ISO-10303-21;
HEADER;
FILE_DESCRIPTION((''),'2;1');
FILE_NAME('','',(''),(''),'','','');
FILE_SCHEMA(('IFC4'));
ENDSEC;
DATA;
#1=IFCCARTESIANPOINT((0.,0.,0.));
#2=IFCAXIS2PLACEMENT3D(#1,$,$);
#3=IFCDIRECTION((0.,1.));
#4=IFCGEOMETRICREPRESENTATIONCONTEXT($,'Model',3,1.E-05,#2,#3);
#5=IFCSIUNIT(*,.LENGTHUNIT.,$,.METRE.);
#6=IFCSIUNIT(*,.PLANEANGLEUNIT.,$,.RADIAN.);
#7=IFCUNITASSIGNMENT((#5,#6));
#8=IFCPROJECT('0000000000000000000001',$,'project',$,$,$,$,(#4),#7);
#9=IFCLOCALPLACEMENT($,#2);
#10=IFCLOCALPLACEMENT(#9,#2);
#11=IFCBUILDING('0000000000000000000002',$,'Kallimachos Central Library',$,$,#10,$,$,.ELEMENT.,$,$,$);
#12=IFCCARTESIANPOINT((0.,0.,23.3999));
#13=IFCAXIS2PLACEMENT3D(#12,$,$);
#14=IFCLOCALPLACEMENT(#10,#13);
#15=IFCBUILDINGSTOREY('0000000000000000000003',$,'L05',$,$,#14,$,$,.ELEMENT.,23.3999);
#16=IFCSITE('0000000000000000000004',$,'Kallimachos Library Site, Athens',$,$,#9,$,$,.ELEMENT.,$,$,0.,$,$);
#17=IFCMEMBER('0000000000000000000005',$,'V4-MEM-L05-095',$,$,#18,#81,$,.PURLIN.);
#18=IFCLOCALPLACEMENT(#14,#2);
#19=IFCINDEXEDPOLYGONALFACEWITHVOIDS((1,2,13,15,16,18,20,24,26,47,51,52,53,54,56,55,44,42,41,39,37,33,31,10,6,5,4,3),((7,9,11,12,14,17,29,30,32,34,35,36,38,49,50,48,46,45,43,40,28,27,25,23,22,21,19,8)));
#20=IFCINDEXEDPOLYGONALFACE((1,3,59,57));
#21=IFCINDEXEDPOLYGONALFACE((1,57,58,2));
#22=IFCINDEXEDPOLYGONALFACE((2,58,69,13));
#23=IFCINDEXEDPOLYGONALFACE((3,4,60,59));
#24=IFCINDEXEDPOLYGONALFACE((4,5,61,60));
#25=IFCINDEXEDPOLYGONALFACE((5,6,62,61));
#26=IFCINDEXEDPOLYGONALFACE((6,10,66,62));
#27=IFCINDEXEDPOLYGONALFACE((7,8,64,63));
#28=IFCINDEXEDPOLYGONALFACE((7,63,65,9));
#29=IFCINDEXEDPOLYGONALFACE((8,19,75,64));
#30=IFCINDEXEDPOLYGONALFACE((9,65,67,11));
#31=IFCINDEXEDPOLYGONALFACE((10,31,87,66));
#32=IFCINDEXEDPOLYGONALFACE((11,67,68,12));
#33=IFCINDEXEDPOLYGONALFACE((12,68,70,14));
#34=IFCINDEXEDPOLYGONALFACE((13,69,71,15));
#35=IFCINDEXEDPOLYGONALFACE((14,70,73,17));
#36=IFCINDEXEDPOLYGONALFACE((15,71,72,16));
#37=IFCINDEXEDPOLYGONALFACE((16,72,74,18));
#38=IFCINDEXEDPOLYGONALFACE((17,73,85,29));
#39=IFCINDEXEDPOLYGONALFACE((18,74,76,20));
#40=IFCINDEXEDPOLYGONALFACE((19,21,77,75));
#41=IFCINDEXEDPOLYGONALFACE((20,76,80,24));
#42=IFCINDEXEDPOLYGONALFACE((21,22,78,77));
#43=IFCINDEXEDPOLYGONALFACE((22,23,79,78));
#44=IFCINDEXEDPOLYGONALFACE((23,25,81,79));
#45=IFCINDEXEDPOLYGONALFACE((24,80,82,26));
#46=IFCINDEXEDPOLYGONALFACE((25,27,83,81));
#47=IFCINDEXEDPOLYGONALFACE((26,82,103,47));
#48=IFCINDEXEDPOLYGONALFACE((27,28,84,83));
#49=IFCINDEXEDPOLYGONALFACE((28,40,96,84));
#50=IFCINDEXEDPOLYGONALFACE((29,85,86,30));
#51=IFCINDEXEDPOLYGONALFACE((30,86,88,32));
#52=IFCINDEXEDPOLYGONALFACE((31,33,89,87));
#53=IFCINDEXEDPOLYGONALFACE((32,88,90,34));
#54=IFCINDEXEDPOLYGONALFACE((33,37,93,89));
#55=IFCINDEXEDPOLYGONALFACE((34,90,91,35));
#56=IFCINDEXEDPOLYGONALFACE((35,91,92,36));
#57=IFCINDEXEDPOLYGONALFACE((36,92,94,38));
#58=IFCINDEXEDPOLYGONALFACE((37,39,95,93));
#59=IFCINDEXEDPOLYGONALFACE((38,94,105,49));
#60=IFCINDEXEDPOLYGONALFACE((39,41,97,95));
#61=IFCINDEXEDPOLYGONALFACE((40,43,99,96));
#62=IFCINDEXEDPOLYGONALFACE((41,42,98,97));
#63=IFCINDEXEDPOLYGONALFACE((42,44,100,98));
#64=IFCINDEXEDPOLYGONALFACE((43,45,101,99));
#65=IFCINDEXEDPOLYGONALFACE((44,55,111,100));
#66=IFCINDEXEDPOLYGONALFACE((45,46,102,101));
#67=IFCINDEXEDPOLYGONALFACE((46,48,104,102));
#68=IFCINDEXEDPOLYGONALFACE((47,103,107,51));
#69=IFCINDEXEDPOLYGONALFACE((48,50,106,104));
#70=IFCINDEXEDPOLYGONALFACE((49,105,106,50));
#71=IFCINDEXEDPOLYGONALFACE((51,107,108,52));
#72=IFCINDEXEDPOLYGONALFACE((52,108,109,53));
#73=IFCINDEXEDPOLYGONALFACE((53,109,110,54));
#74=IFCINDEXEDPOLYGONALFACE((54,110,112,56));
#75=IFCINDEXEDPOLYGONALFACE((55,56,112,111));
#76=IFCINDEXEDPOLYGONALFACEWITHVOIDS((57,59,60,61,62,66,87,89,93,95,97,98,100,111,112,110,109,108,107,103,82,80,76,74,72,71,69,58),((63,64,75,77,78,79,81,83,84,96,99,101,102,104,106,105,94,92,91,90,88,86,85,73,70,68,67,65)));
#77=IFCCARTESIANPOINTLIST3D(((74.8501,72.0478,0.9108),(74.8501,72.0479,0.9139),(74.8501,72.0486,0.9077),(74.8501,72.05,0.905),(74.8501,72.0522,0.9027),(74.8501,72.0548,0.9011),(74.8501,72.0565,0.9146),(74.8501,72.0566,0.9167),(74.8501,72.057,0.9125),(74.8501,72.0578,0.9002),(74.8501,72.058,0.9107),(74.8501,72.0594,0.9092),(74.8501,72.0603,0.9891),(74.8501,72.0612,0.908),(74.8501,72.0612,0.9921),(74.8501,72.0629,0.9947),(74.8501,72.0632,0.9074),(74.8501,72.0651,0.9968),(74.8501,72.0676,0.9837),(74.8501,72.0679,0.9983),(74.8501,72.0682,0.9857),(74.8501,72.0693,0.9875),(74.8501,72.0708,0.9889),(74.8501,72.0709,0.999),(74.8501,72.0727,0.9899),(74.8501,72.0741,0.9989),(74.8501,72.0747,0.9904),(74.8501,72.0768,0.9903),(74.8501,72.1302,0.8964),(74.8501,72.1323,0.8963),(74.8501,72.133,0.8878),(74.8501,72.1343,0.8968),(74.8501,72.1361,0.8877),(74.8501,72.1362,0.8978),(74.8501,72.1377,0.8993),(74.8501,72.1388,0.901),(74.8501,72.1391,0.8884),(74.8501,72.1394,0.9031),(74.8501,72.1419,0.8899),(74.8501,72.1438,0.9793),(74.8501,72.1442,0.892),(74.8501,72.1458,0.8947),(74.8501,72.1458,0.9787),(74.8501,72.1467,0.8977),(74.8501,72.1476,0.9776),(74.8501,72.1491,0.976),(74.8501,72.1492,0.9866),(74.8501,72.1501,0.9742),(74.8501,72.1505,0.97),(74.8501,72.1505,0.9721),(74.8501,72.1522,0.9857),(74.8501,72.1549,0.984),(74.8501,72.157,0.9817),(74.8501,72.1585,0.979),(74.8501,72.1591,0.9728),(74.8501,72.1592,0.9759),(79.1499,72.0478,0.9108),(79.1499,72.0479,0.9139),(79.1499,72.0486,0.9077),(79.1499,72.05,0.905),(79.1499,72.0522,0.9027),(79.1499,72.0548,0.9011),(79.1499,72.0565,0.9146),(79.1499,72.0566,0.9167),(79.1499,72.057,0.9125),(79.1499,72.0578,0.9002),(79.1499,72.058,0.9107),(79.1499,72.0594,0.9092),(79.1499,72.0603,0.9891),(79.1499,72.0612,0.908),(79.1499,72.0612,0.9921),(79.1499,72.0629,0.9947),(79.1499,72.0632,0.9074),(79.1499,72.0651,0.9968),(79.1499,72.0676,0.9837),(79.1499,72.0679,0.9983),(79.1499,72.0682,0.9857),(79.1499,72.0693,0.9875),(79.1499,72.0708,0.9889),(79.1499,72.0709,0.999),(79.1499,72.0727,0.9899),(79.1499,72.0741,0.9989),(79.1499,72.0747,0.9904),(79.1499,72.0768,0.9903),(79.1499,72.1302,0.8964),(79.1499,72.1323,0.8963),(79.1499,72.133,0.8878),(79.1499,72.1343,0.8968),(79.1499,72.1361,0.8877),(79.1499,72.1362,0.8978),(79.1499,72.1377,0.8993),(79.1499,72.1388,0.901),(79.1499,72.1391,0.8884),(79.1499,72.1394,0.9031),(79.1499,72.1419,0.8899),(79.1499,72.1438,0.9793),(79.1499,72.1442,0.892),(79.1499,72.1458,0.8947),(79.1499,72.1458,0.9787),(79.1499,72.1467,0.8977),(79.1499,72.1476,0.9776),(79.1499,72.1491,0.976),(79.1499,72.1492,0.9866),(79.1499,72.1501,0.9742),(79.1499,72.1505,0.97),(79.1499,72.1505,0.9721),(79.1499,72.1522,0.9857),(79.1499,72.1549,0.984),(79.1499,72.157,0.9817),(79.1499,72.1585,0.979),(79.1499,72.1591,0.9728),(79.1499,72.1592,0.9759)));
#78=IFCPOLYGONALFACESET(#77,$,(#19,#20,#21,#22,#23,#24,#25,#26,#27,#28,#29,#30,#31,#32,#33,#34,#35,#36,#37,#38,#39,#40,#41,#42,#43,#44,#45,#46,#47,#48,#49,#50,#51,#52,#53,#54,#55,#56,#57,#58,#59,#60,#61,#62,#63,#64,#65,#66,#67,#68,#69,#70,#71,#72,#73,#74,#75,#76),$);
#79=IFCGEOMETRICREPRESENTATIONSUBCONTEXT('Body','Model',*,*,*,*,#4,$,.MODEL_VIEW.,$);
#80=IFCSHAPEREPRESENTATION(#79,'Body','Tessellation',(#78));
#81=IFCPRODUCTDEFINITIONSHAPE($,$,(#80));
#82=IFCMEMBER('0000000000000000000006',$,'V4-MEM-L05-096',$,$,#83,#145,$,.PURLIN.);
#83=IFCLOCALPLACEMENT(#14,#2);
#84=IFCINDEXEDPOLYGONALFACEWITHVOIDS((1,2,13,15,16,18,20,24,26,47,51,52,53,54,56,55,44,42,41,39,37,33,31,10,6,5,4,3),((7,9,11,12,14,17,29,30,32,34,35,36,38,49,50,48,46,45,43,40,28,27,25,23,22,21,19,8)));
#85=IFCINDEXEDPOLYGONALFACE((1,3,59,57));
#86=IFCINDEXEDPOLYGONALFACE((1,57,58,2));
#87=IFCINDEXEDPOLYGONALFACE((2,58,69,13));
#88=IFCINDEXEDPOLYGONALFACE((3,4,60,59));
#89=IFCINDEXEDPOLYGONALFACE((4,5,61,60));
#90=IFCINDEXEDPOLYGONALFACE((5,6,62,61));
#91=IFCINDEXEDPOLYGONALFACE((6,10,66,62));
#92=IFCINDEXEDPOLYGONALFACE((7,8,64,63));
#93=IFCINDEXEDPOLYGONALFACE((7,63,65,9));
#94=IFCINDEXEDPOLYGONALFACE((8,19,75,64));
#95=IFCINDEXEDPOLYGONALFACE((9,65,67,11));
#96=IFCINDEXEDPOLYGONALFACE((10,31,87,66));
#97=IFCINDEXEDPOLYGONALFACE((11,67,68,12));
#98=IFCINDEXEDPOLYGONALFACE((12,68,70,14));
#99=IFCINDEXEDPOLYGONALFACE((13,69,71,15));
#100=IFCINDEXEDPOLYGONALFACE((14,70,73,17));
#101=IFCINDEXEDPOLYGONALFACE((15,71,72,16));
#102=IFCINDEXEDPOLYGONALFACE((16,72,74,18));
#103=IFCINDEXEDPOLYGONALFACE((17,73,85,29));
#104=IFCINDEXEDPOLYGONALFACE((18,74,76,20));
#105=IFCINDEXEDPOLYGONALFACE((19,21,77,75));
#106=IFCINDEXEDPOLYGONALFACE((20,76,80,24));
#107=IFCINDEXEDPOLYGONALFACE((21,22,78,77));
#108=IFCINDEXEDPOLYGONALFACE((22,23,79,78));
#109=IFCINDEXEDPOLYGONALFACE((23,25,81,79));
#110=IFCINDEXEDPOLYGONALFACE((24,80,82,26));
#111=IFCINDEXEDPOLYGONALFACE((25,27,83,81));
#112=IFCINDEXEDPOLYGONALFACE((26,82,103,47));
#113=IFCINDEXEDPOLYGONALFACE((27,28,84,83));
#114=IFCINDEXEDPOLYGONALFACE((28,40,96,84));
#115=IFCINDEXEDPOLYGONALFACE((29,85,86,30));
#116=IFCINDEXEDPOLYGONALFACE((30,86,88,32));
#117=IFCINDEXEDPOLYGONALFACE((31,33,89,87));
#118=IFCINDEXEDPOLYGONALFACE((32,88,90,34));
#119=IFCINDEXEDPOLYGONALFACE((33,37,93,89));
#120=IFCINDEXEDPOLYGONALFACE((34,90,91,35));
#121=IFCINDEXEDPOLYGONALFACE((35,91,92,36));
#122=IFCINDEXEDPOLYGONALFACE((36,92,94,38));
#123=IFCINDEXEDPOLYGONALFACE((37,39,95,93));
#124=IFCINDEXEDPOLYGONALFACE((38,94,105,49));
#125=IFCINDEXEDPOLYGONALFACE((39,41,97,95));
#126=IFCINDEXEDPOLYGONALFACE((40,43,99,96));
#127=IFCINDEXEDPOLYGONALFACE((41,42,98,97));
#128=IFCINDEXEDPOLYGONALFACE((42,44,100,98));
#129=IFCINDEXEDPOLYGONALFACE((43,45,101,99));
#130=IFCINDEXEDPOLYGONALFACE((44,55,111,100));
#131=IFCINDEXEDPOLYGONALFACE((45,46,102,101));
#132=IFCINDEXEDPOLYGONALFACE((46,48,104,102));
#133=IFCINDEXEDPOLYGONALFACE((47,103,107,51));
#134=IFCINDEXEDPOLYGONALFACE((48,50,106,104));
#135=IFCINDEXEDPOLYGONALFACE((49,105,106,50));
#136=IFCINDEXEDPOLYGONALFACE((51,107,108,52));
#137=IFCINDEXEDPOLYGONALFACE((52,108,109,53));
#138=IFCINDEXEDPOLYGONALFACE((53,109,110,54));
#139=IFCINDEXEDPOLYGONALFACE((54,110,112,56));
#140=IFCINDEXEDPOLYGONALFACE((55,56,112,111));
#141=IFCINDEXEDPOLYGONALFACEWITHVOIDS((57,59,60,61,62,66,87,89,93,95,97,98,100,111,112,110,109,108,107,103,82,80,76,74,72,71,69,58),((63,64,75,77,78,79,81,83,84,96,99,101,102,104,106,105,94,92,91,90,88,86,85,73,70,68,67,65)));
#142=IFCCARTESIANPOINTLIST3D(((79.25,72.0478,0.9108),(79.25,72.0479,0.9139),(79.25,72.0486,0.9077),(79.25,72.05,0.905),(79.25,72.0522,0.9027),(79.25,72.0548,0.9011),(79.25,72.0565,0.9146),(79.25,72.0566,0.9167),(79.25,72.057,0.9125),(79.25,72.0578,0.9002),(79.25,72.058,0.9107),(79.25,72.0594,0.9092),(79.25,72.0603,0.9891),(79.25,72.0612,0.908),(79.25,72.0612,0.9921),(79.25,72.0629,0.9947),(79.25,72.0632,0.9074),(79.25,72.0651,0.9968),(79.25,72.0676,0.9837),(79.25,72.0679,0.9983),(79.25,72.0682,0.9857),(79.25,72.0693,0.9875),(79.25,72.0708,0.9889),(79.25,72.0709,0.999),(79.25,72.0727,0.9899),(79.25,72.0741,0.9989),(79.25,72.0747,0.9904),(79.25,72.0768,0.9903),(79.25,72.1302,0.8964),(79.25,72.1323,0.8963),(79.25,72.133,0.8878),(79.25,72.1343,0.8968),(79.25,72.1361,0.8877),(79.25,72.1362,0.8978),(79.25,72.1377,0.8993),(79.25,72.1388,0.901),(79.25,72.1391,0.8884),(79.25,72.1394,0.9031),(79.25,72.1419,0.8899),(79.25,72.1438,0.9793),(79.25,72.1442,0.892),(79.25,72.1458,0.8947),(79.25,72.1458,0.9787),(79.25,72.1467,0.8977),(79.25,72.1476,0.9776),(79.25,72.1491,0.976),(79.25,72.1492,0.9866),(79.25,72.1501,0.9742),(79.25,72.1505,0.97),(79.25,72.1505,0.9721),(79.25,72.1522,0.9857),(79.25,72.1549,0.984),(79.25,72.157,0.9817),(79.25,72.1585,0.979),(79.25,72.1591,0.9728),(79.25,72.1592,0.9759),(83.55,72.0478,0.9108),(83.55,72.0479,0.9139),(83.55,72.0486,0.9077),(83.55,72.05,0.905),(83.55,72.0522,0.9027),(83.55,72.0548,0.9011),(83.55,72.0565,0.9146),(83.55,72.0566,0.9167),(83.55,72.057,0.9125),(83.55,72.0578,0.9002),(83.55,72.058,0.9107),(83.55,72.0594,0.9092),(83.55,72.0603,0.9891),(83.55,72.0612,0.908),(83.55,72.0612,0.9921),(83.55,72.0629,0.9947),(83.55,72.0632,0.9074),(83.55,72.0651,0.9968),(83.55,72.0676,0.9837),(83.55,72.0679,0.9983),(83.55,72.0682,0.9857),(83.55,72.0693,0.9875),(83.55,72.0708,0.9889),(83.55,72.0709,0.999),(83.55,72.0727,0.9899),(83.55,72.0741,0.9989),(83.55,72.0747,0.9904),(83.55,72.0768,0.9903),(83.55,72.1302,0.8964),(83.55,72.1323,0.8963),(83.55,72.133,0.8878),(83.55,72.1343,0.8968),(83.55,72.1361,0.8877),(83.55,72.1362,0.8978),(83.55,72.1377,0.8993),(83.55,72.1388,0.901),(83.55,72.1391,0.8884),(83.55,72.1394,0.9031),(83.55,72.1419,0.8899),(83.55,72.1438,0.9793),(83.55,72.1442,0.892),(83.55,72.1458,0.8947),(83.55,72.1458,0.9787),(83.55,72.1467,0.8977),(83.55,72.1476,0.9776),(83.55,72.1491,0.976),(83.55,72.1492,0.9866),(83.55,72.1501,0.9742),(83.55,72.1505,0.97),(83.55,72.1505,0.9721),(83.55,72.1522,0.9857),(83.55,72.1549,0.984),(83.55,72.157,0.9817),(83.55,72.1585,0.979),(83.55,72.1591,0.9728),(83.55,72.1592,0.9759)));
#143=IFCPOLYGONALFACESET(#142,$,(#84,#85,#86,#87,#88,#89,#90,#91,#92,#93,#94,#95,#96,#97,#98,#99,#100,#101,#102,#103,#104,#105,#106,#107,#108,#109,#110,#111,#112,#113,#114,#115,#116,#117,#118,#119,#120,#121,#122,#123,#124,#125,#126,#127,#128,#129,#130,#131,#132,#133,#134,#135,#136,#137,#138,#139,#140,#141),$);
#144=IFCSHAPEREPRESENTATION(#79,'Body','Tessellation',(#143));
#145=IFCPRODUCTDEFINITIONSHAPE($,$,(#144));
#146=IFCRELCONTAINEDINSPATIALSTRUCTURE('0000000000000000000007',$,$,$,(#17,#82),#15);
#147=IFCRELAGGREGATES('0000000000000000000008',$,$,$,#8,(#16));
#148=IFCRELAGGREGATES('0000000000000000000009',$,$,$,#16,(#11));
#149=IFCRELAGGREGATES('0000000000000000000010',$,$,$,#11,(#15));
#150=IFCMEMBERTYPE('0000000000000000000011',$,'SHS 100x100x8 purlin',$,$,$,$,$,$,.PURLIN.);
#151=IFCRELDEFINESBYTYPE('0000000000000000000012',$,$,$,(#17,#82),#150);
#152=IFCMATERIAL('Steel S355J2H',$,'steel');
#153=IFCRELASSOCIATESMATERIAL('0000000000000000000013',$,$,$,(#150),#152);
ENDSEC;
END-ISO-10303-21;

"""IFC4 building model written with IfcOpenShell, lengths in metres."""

from ifc_helpers import new_model, si_unit, direction, frame, origin, origin_2d, place, context, subcontext, project, spatial, hollow_rectangle, extrude, material, material_profile, profile_set, type_object, element, save


model = new_model("IFC4")

# Units and contexts
model_context = context("Model", 3, precision=1e-05, world=origin(), true_north=direction((0.0, 1.0)))
body_context = subcontext(model_context, "Body", "Model", "MODEL_VIEW")
ifc_project = project(units=[si_unit("LENGTHUNIT", "METRE"), si_unit("PLANEANGLEUNIT", "RADIAN")], contexts=[model_context])

# Site, building, storey
site_placement = place(None, origin())
site = spatial("IfcSite", under=ifc_project, at=site_placement, Name="Kallimachos Library Site, Athens", CompositionType="ELEMENT", RefElevation=0.0)
building_placement = place(site_placement, origin())
building = spatial("IfcBuilding", under=site, at=building_placement, Name="Kallimachos Central Library", CompositionType="ELEMENT")
storey_placement = place(building_placement, frame((0.0, 0.0, 23.3999)))
storey = spatial("IfcBuildingStorey", under=building, at=storey_placement, Name="L05", CompositionType="ELEMENT", Elevation=23.3999)

# Members
ifc_material_1 = material(Name="Steel S355J2H", Category="steel")
ifc_material_profile_1 = material_profile(ifc_material_1, hollow_rectangle(XDim=0.1001, YDim=0.1001, WallThickness=0.0081, InnerFilletRadius=0.0081, OuterFilletRadius=0.012, at=origin_2d()), Name="SHS 100x100x8")
ifc_profile_set_1 = profile_set([ifc_material_profile_1], Name="Steel S355J2H")
member_type_1 = type_object("IfcMemberType", Name="SHS 100x100x8 purlin", PredefinedType="PURLIN", material=ifc_profile_set_1)
member_1_placement = place(storey_placement, frame((74.8501, 72.1035, 0.9434), z_axis=(1.0, 0.0, 0.0), x_axis=(0.0, 0.986728, -0.16238)))
element("IfcMember", 1, at=member_1_placement, inside=storey, type_object=member_type_1, Name="V4-MEM-L05-095", PredefinedType="PURLIN", context=body_context, shape_type="SweptSolid", body=[
    extrude(hollow_rectangle(XDim=0.1001, YDim=0.1001, WallThickness=0.0081, InnerFilletRadius=0.0081, OuterFilletRadius=0.012, at=origin_2d()), origin(), (0.0, 0.0, 1.0), 4.2998),
])
for number, where, z_axis, x_axis, name in (
    (2, (79.25, 72.1035, 0.9434), (1.0, 0.0, 0.0), (0.0, 0.986728, -0.16238), "V4-MEM-L05-096"),
):
    element("IfcMember", number, at=place(storey_placement, frame(where, z_axis=z_axis, x_axis=x_axis)), inside=storey, type_object=member_type_1, Name=name, PredefinedType="PURLIN", context=body_context, shape_type="SweptSolid", body=[
        extrude(hollow_rectangle(XDim=0.1001, YDim=0.1001, WallThickness=0.0081, InnerFilletRadius=0.0081, OuterFilletRadius=0.012, at=origin_2d()), origin(), (0.0, 0.0, 1.0), 4.3),
    ])

save(model, "model.ifc")
